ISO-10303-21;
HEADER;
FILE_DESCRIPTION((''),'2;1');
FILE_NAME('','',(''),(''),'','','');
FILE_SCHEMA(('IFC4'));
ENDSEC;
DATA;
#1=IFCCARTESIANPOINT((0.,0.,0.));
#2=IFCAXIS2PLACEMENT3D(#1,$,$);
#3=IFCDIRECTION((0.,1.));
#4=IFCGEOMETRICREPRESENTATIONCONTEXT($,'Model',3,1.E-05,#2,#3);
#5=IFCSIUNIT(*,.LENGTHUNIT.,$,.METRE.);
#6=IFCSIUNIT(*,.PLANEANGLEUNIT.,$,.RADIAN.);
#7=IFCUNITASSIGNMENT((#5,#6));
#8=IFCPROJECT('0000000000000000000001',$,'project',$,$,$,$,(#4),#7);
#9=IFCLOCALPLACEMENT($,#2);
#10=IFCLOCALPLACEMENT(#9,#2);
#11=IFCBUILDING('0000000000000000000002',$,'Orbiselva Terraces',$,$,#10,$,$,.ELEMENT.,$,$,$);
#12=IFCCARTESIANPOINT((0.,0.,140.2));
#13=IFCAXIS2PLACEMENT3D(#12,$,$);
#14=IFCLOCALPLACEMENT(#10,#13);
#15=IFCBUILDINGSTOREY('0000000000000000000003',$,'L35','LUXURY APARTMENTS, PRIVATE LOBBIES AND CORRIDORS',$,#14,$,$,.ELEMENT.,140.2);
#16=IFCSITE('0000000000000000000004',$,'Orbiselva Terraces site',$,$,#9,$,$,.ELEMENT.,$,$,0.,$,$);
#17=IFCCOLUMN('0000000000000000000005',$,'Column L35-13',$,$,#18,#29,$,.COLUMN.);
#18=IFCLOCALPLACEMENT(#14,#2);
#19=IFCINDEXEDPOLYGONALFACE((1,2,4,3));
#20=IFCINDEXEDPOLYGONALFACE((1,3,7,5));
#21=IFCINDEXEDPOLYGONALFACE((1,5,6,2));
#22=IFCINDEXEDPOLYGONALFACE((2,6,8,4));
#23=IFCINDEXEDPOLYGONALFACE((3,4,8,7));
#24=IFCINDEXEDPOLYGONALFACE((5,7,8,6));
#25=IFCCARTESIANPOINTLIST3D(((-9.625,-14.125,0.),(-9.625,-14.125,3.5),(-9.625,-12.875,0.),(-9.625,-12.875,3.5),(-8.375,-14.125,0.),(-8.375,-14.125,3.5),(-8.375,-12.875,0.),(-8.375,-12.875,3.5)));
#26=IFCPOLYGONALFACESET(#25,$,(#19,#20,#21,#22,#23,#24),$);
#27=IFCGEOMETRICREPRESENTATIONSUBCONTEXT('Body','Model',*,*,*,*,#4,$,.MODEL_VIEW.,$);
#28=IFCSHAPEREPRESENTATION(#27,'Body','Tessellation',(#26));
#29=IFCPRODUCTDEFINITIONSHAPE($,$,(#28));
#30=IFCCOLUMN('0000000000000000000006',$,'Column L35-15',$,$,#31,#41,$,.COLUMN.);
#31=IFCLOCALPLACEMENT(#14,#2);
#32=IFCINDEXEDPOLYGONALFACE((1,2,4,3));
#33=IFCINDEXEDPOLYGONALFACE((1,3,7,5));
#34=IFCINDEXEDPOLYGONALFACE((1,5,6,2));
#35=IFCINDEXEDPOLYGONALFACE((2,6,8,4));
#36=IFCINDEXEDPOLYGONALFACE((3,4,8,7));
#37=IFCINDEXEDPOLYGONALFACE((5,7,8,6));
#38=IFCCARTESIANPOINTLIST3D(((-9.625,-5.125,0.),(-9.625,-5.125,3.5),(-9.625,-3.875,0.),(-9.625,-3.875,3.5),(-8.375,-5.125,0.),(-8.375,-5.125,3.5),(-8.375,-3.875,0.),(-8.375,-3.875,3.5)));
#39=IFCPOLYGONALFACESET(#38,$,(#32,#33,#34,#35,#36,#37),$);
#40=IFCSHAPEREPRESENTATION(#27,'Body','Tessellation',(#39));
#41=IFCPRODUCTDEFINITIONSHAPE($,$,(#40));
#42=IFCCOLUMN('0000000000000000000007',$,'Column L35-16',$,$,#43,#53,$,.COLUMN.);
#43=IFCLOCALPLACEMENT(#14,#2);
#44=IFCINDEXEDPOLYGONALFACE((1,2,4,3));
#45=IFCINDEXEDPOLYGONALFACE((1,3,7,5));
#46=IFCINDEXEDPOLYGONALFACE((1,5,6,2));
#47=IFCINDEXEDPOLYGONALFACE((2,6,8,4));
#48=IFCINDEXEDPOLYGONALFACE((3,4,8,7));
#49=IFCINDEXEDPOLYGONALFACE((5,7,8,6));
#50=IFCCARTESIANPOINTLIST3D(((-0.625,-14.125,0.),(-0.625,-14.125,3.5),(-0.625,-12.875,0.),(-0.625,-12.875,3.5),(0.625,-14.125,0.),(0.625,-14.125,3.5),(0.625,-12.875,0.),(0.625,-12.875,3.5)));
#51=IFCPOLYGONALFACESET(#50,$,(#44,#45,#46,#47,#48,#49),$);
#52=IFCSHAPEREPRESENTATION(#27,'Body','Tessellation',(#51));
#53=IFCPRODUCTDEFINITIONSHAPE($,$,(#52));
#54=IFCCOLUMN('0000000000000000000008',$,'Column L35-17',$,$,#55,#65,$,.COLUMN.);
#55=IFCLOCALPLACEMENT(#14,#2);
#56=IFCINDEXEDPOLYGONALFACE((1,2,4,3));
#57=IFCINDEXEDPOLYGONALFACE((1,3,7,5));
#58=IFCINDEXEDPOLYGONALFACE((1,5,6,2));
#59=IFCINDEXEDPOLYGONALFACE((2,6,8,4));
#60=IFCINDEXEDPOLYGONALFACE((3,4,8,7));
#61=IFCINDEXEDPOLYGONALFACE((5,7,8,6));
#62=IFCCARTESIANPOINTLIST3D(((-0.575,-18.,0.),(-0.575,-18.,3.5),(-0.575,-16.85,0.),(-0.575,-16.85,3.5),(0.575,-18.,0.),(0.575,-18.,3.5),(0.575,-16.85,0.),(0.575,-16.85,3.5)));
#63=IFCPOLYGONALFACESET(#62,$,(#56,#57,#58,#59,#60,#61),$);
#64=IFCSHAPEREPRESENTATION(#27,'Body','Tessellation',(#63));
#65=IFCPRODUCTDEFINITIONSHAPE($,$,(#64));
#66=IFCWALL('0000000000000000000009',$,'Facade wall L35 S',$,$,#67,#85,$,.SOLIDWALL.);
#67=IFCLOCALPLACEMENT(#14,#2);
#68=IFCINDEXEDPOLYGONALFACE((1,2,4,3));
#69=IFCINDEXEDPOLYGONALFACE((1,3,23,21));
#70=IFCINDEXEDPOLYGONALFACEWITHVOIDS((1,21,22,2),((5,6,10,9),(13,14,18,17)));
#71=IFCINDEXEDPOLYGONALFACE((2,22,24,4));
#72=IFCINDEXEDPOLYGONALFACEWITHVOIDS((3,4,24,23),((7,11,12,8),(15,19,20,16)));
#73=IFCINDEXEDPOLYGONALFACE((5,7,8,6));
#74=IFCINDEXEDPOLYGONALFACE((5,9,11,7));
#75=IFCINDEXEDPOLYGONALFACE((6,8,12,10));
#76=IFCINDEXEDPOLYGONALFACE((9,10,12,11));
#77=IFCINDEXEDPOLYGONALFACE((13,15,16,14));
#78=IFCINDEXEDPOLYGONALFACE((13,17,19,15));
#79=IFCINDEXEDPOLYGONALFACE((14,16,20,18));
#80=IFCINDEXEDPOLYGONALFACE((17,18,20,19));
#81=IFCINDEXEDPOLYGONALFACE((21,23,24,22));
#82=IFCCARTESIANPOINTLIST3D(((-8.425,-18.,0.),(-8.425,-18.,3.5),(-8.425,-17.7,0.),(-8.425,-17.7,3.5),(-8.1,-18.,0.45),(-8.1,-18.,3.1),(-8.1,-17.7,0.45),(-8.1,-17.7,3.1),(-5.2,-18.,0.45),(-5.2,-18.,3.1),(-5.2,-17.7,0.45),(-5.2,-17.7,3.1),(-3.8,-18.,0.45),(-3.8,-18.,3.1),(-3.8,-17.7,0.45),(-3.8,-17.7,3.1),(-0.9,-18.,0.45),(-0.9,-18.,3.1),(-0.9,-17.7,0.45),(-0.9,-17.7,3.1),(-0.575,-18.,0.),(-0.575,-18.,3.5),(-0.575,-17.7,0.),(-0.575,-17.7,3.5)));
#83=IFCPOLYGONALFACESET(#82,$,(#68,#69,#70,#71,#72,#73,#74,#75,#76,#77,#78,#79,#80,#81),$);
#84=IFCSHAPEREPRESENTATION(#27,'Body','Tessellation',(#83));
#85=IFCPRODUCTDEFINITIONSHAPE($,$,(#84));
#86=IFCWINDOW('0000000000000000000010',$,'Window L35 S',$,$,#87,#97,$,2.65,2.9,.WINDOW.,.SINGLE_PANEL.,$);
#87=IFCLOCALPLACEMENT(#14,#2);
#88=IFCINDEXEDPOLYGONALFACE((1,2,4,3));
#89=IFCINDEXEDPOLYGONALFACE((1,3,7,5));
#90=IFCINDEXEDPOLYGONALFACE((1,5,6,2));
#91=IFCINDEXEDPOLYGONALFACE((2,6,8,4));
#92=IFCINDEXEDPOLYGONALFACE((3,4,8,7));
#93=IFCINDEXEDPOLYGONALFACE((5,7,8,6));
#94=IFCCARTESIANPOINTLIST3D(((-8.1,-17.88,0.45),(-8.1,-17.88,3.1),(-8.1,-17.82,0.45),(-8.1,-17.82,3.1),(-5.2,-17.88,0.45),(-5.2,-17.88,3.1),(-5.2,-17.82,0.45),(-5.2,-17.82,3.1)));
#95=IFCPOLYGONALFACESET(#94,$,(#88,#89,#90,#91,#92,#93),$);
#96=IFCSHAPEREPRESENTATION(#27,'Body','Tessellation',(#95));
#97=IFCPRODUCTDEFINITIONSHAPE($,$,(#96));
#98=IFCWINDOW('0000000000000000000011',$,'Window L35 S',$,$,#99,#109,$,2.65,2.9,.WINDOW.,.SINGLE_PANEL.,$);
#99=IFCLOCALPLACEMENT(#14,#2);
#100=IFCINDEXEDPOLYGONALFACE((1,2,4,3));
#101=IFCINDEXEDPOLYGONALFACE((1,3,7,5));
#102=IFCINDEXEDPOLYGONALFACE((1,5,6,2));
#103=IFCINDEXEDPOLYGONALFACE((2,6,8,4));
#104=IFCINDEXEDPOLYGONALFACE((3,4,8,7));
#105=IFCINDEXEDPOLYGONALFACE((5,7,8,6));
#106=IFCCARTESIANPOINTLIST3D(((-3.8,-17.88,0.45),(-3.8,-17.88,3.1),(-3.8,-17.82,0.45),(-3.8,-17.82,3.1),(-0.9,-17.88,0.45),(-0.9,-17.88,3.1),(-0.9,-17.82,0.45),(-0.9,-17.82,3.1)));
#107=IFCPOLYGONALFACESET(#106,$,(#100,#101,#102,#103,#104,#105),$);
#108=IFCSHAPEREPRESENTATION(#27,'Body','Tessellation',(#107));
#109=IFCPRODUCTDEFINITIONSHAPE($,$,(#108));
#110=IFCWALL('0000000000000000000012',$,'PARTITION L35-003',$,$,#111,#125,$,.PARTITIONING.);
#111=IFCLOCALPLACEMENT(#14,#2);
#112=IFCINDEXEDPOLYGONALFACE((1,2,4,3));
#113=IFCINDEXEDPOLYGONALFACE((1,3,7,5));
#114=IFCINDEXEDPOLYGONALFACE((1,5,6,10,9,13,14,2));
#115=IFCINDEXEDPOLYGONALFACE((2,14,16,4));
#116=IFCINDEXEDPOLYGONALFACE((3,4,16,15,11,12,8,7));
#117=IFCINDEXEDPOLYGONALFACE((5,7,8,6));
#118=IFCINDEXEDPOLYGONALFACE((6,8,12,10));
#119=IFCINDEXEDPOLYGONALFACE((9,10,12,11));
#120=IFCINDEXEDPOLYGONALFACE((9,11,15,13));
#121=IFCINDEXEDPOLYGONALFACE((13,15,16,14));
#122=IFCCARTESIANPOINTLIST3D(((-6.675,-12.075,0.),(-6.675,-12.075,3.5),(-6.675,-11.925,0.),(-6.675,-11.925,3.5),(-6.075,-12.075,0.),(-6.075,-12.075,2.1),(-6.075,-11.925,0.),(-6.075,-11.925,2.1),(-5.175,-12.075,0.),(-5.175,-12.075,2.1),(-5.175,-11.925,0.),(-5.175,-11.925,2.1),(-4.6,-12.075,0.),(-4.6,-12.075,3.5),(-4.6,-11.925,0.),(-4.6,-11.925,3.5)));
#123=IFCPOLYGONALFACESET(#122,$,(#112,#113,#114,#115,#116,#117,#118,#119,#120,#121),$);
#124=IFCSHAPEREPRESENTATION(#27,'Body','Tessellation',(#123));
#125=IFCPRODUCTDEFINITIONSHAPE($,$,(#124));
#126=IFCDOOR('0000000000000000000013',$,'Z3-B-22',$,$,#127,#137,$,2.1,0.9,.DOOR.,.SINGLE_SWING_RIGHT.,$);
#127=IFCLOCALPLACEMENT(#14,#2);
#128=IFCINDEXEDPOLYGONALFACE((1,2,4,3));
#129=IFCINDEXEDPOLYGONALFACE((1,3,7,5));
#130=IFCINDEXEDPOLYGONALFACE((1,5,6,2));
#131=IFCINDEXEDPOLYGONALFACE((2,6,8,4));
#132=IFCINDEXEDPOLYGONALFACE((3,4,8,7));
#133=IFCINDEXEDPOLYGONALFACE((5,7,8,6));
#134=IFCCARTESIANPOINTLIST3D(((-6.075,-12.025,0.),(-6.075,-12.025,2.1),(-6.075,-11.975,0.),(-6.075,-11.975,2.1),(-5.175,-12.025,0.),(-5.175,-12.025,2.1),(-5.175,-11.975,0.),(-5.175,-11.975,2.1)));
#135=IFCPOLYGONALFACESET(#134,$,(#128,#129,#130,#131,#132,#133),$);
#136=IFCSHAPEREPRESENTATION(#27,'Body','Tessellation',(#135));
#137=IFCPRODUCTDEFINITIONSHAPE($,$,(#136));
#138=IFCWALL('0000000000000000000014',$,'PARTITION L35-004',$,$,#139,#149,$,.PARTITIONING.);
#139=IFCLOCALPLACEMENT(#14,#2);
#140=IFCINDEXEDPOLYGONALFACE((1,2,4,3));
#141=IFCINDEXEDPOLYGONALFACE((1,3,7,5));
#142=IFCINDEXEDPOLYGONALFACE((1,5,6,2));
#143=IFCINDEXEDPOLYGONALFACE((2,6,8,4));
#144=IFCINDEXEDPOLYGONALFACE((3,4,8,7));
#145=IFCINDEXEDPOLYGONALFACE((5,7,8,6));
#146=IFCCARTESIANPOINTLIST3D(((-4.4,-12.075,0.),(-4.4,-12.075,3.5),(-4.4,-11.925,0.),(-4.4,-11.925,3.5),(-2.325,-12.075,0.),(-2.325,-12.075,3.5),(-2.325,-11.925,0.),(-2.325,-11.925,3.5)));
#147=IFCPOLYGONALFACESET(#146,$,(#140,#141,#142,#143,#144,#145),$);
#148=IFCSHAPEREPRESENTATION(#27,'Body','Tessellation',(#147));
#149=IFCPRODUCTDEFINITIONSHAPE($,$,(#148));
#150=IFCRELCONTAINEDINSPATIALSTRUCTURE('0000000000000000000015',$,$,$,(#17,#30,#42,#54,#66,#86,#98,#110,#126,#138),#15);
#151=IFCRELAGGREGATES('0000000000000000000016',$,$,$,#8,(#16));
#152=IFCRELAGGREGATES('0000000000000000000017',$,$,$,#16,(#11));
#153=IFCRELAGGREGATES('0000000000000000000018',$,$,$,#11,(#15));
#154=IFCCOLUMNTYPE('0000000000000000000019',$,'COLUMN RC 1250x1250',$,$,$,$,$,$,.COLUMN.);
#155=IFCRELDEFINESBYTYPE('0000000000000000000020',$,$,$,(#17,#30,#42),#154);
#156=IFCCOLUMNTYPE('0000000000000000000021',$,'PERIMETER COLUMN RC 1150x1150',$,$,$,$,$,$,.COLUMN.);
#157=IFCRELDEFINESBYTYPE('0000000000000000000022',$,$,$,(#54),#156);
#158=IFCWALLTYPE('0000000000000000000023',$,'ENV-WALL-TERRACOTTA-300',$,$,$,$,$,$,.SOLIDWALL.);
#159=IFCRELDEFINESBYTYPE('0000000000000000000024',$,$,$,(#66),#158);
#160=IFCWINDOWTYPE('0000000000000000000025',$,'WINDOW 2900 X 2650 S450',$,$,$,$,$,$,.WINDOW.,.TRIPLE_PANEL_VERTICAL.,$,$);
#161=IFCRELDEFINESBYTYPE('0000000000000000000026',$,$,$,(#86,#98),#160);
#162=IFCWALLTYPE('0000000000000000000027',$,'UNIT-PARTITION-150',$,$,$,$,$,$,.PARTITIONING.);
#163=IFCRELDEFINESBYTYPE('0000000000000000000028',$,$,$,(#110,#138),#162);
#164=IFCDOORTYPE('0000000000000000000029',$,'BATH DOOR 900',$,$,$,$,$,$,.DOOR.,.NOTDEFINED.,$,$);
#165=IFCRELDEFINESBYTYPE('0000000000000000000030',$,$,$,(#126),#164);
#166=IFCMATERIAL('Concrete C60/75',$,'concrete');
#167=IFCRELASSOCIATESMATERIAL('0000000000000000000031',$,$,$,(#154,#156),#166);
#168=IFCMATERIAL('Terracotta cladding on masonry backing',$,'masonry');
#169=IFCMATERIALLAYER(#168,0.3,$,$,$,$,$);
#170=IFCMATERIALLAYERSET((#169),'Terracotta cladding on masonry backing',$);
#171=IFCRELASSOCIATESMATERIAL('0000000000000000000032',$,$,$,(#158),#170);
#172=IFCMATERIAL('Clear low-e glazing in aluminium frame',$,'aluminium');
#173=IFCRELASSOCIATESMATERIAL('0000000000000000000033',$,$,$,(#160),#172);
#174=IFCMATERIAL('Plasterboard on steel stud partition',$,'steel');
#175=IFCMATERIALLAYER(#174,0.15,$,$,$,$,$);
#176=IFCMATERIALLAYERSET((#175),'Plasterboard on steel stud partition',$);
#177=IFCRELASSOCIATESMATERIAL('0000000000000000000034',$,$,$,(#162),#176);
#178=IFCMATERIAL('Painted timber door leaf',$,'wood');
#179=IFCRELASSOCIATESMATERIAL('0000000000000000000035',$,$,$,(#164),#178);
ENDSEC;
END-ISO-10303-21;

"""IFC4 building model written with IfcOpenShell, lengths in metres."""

from ifc_helpers import new_model, si_unit, direction, frame, frame_2d, origin, origin_2d, place, context, subcontext, project, spatial, rectangle, extrude, material, layer, layer_set, material_profile, profile_set, type_object, element, fill, save


model = new_model("IFC4")

# Units and contexts
model_context = context("Model", 3, precision=1e-05, world=origin(), true_north=direction((0.0, 1.0)))
body_context = subcontext(model_context, "Body", "Model", "MODEL_VIEW")
ifc_project = project(units=[si_unit("LENGTHUNIT", "METRE"), si_unit("PLANEANGLEUNIT", "RADIAN")], contexts=[model_context])

# Site, building, storey
site_placement = place(None, origin())
site = spatial("IfcSite", under=ifc_project, at=site_placement, Name="Orbiselva Terraces site", CompositionType="ELEMENT", RefElevation=0.0)
building_placement = place(site_placement, origin())
building = spatial("IfcBuilding", under=site, at=building_placement, Name="Orbiselva Terraces", CompositionType="ELEMENT")
storey_placement = place(building_placement, frame((0.0, 0.0, 140.2)))
storey = spatial("IfcBuildingStorey", under=building, at=storey_placement, Name="L35", Description="LUXURY APARTMENTS, PRIVATE LOBBIES AND CORRIDORS", CompositionType="ELEMENT", Elevation=140.2)

# Columns
ifc_material_1 = material(Name="Concrete C60/75", Category="concrete")
ifc_material_profile_1 = material_profile(ifc_material_1, rectangle(XDim=1.25, YDim=1.25, at=origin_2d()), Name="RC 1250x1250")
ifc_profile_set_1 = profile_set([ifc_material_profile_1], Name="Concrete C60/75")
column_type_1 = type_object("IfcColumnType", Name="COLUMN RC 1250x1250", PredefinedType="COLUMN", material=ifc_profile_set_1)
for number, where, z_axis, x_axis, name in (
    (1, (-9.0, -13.5, 0.0), (0.0, 0.0, 1.0), (1.0, 0.0, 0.0), "Column L35-13"),
    (2, (-9.0, -4.5, 0.0), (0.0, 0.0, 1.0), (1.0, 0.0, 0.0), "Column L35-15"),
    (3, (0.0, -13.5, 0.0), (0.0, 0.0, 1.0), (1.0, 0.0, 0.0), "Column L35-16"),
):
    element("IfcColumn", number, at=place(storey_placement, frame(where, z_axis=z_axis, x_axis=x_axis)), inside=storey, type_object=column_type_1, Name=name, PredefinedType="COLUMN", context=body_context, shape_type="SweptSolid", body=[
        extrude(rectangle(XDim=1.25, YDim=1.25, at=origin_2d()), origin(), (0.0, 0.0, 1.0), 3.5),
    ])
ifc_material_profile_2 = material_profile(ifc_material_1, rectangle(XDim=1.15, YDim=1.15, at=origin_2d()), Name="RC 1150x1150")
ifc_profile_set_2 = profile_set([ifc_material_profile_2], Name="Concrete C60/75")
column_type_2 = type_object("IfcColumnType", Name="PERIMETER COLUMN RC 1150x1150", PredefinedType="COLUMN", material=ifc_profile_set_2)
column_placement = place(storey_placement, frame((0.0, -17.425, 0.0), z_axis=(0.0, 0.0, 1.0), x_axis=(1.0, 0.0, 0.0)))
element("IfcColumn", 4, at=column_placement, inside=storey, type_object=column_type_2, Name="Column L35-17", PredefinedType="COLUMN", context=body_context, shape_type="SweptSolid", body=[
    extrude(rectangle(XDim=1.15, YDim=1.15, at=origin_2d()), origin(), (0.0, 0.0, 1.0), 3.5),
])

# Wall, openings, windows
ifc_material_2 = material(Name="Terracotta cladding on masonry backing", Category="masonry")
ifc_layer_1 = layer(ifc_material_2, 0.3)
ifc_layer_set_1 = layer_set([ifc_layer_1], Name="Terracotta cladding on masonry backing")
wall_type_1 = type_object("IfcWallType", Name="ENV-WALL-TERRACOTTA-300", PredefinedType="SOLIDWALL", material=ifc_layer_set_1)
wall_1_placement = place(storey_placement, frame((-0.575, -17.85, 0.0), z_axis=(0.0, 0.0, 1.0), x_axis=(-1.0, 0.0, 0.0)))
wall_1 = element("IfcWall", 5, at=wall_1_placement, inside=storey, type_object=wall_type_1, Name="Facade wall L35 S", PredefinedType="SOLIDWALL", context=body_context, shape_type="SweptSolid", body=[
    extrude(rectangle(XDim=7.85, YDim=0.3, at=frame_2d((3.925, 0.0))), origin(), (0.0, 0.0, 1.0), 3.5),
])
opening_1_placement = place(wall_1_placement, frame((4.625, 0.0, 0.45)))
opening_1 = element("IfcOpeningElement", 6, at=opening_1_placement, cuts=wall_1, PredefinedType="OPENING", context=body_context, shape_type="SweptSolid", body=[
    extrude(rectangle(XDim=2.9, YDim=2.65, at=frame_2d((1.45, 1.325))), frame((0.0, 0.16, 0.0), z_axis=(0.0, -1.0, 0.0), x_axis=(1.0, 0.0, 0.0)), (0.0, 0.0, 1.0), 0.32),
])
opening_2_placement = place(wall_1_placement, frame((0.325, 0.0, 0.45)))
opening_2 = element("IfcOpeningElement", 7, at=opening_2_placement, cuts=wall_1, PredefinedType="OPENING", context=body_context, shape_type="SweptSolid", body=[
    extrude(rectangle(XDim=2.9, YDim=2.65, at=frame_2d((1.45, 1.325))), frame((0.0, 0.16, 0.0), z_axis=(0.0, -1.0, 0.0), x_axis=(1.0, 0.0, 0.0)), (0.0, 0.0, 1.0), 0.32),
])
ifc_material_3 = material(Name="Clear low-e glazing in aluminium frame", Category="aluminium")
window_type = type_object("IfcWindowType", Name="WINDOW 2900 X 2650 S450", PartitioningType="TRIPLE_PANEL_VERTICAL", PredefinedType="WINDOW", material=ifc_material_3)
window_1_placement = place(opening_1_placement, origin())
window_1 = element("IfcWindow", 8, at=window_1_placement, inside=storey, type_object=window_type, Name="Window L35 S", OverallHeight=2.65, OverallWidth=2.9, PartitioningType="SINGLE_PANEL", PredefinedType="WINDOW", context=body_context, shape_type="SweptSolid", body=[
    extrude(rectangle(XDim=2.9, YDim=2.65, at=frame_2d((1.45, 1.325))), frame((0.0, 0.03, 0.0), z_axis=(0.0, -1.0, 0.0), x_axis=(1.0, 0.0, 0.0)), (0.0, 0.0, 1.0), 0.06),
])
fill(opening_1, window_1)
window_2_placement = place(opening_2_placement, origin())
window_2 = element("IfcWindow", 9, at=window_2_placement, inside=storey, type_object=window_type, Name="Window L35 S", OverallHeight=2.65, OverallWidth=2.9, PartitioningType="SINGLE_PANEL", PredefinedType="WINDOW", context=body_context, shape_type="SweptSolid", body=[
    extrude(rectangle(XDim=2.9, YDim=2.65, at=frame_2d((1.45, 1.325))), frame((0.0, 0.03, 0.0), z_axis=(0.0, -1.0, 0.0), x_axis=(1.0, 0.0, 0.0)), (0.0, 0.0, 1.0), 0.06),
])
fill(opening_2, window_2)

# Wall, opening, door
ifc_material_4 = material(Name="Plasterboard on steel stud partition", Category="steel")
ifc_layer_2 = layer(ifc_material_4, 0.15)
ifc_layer_set_2 = layer_set([ifc_layer_2], Name="Plasterboard on steel stud partition")
wall_type_2 = type_object("IfcWallType", Name="UNIT-PARTITION-150", PredefinedType="PARTITIONING", material=ifc_layer_set_2)
wall_2_placement = place(storey_placement, frame((-6.675, -12.0, 0.0), z_axis=(0.0, 0.0, 1.0), x_axis=(1.0, 0.0, 0.0)))
wall_2 = element("IfcWall", 10, at=wall_2_placement, inside=storey, type_object=wall_type_2, Name="PARTITION L35-003", PredefinedType="PARTITIONING", context=body_context, shape_type="SweptSolid", body=[
    extrude(rectangle(XDim=2.075, YDim=0.15, at=frame_2d((1.0375, 0.0))), origin(), (0.0, 0.0, 1.0), 3.5),
])
opening_3_placement = place(wall_2_placement, frame((0.6, 0.0, 0.0)))
opening_3 = element("IfcOpeningElement", 11, at=opening_3_placement, cuts=wall_2, PredefinedType="OPENING", context=body_context, shape_type="SweptSolid", body=[
    extrude(rectangle(XDim=0.9, YDim=2.1, at=frame_2d((0.45, 1.05))), frame((0.0, 0.085, 0.0), z_axis=(0.0, -1.0, 0.0), x_axis=(1.0, 0.0, 0.0)), (0.0, 0.0, 1.0), 0.17),
])
ifc_material_5 = material(Name="Painted timber door leaf", Category="wood")
door_type_1 = type_object("IfcDoorType", Name="BATH DOOR 900", OperationType="NOTDEFINED", PredefinedType="DOOR", material=ifc_material_5)
door_1_placement = place(opening_3_placement, origin())
door_1 = element("IfcDoor", 12, at=door_1_placement, inside=storey, type_object=door_type_1, Name="Z3-B-22", OperationType="SINGLE_SWING_RIGHT", OverallHeight=2.1, OverallWidth=0.9, PredefinedType="DOOR", context=body_context, shape_type="SweptSolid", body=[
    extrude(rectangle(XDim=0.9, YDim=2.1, at=frame_2d((0.45, 1.05))), frame((0.0, 0.025, 0.0), z_axis=(0.0, -1.0, 0.0), x_axis=(1.0, 0.0, 0.0)), (0.0, 0.0, 1.0), 0.05),
])
fill(opening_3, door_1)

# Wall
wall_3_placement = place(storey_placement, frame((-4.4, -12.0, 0.0), z_axis=(0.0, 0.0, 1.0), x_axis=(1.0, 0.0, 0.0)))
element("IfcWall", 13, at=wall_3_placement, inside=storey, type_object=wall_type_2, Name="PARTITION L35-004", PredefinedType="PARTITIONING", context=body_context, shape_type="SweptSolid", body=[
    extrude(rectangle(XDim=2.075, YDim=0.15, at=frame_2d((1.0375, 0.0))), origin(), (0.0, 0.0, 1.0), 3.5),
])

save(model, "model.ifc")
